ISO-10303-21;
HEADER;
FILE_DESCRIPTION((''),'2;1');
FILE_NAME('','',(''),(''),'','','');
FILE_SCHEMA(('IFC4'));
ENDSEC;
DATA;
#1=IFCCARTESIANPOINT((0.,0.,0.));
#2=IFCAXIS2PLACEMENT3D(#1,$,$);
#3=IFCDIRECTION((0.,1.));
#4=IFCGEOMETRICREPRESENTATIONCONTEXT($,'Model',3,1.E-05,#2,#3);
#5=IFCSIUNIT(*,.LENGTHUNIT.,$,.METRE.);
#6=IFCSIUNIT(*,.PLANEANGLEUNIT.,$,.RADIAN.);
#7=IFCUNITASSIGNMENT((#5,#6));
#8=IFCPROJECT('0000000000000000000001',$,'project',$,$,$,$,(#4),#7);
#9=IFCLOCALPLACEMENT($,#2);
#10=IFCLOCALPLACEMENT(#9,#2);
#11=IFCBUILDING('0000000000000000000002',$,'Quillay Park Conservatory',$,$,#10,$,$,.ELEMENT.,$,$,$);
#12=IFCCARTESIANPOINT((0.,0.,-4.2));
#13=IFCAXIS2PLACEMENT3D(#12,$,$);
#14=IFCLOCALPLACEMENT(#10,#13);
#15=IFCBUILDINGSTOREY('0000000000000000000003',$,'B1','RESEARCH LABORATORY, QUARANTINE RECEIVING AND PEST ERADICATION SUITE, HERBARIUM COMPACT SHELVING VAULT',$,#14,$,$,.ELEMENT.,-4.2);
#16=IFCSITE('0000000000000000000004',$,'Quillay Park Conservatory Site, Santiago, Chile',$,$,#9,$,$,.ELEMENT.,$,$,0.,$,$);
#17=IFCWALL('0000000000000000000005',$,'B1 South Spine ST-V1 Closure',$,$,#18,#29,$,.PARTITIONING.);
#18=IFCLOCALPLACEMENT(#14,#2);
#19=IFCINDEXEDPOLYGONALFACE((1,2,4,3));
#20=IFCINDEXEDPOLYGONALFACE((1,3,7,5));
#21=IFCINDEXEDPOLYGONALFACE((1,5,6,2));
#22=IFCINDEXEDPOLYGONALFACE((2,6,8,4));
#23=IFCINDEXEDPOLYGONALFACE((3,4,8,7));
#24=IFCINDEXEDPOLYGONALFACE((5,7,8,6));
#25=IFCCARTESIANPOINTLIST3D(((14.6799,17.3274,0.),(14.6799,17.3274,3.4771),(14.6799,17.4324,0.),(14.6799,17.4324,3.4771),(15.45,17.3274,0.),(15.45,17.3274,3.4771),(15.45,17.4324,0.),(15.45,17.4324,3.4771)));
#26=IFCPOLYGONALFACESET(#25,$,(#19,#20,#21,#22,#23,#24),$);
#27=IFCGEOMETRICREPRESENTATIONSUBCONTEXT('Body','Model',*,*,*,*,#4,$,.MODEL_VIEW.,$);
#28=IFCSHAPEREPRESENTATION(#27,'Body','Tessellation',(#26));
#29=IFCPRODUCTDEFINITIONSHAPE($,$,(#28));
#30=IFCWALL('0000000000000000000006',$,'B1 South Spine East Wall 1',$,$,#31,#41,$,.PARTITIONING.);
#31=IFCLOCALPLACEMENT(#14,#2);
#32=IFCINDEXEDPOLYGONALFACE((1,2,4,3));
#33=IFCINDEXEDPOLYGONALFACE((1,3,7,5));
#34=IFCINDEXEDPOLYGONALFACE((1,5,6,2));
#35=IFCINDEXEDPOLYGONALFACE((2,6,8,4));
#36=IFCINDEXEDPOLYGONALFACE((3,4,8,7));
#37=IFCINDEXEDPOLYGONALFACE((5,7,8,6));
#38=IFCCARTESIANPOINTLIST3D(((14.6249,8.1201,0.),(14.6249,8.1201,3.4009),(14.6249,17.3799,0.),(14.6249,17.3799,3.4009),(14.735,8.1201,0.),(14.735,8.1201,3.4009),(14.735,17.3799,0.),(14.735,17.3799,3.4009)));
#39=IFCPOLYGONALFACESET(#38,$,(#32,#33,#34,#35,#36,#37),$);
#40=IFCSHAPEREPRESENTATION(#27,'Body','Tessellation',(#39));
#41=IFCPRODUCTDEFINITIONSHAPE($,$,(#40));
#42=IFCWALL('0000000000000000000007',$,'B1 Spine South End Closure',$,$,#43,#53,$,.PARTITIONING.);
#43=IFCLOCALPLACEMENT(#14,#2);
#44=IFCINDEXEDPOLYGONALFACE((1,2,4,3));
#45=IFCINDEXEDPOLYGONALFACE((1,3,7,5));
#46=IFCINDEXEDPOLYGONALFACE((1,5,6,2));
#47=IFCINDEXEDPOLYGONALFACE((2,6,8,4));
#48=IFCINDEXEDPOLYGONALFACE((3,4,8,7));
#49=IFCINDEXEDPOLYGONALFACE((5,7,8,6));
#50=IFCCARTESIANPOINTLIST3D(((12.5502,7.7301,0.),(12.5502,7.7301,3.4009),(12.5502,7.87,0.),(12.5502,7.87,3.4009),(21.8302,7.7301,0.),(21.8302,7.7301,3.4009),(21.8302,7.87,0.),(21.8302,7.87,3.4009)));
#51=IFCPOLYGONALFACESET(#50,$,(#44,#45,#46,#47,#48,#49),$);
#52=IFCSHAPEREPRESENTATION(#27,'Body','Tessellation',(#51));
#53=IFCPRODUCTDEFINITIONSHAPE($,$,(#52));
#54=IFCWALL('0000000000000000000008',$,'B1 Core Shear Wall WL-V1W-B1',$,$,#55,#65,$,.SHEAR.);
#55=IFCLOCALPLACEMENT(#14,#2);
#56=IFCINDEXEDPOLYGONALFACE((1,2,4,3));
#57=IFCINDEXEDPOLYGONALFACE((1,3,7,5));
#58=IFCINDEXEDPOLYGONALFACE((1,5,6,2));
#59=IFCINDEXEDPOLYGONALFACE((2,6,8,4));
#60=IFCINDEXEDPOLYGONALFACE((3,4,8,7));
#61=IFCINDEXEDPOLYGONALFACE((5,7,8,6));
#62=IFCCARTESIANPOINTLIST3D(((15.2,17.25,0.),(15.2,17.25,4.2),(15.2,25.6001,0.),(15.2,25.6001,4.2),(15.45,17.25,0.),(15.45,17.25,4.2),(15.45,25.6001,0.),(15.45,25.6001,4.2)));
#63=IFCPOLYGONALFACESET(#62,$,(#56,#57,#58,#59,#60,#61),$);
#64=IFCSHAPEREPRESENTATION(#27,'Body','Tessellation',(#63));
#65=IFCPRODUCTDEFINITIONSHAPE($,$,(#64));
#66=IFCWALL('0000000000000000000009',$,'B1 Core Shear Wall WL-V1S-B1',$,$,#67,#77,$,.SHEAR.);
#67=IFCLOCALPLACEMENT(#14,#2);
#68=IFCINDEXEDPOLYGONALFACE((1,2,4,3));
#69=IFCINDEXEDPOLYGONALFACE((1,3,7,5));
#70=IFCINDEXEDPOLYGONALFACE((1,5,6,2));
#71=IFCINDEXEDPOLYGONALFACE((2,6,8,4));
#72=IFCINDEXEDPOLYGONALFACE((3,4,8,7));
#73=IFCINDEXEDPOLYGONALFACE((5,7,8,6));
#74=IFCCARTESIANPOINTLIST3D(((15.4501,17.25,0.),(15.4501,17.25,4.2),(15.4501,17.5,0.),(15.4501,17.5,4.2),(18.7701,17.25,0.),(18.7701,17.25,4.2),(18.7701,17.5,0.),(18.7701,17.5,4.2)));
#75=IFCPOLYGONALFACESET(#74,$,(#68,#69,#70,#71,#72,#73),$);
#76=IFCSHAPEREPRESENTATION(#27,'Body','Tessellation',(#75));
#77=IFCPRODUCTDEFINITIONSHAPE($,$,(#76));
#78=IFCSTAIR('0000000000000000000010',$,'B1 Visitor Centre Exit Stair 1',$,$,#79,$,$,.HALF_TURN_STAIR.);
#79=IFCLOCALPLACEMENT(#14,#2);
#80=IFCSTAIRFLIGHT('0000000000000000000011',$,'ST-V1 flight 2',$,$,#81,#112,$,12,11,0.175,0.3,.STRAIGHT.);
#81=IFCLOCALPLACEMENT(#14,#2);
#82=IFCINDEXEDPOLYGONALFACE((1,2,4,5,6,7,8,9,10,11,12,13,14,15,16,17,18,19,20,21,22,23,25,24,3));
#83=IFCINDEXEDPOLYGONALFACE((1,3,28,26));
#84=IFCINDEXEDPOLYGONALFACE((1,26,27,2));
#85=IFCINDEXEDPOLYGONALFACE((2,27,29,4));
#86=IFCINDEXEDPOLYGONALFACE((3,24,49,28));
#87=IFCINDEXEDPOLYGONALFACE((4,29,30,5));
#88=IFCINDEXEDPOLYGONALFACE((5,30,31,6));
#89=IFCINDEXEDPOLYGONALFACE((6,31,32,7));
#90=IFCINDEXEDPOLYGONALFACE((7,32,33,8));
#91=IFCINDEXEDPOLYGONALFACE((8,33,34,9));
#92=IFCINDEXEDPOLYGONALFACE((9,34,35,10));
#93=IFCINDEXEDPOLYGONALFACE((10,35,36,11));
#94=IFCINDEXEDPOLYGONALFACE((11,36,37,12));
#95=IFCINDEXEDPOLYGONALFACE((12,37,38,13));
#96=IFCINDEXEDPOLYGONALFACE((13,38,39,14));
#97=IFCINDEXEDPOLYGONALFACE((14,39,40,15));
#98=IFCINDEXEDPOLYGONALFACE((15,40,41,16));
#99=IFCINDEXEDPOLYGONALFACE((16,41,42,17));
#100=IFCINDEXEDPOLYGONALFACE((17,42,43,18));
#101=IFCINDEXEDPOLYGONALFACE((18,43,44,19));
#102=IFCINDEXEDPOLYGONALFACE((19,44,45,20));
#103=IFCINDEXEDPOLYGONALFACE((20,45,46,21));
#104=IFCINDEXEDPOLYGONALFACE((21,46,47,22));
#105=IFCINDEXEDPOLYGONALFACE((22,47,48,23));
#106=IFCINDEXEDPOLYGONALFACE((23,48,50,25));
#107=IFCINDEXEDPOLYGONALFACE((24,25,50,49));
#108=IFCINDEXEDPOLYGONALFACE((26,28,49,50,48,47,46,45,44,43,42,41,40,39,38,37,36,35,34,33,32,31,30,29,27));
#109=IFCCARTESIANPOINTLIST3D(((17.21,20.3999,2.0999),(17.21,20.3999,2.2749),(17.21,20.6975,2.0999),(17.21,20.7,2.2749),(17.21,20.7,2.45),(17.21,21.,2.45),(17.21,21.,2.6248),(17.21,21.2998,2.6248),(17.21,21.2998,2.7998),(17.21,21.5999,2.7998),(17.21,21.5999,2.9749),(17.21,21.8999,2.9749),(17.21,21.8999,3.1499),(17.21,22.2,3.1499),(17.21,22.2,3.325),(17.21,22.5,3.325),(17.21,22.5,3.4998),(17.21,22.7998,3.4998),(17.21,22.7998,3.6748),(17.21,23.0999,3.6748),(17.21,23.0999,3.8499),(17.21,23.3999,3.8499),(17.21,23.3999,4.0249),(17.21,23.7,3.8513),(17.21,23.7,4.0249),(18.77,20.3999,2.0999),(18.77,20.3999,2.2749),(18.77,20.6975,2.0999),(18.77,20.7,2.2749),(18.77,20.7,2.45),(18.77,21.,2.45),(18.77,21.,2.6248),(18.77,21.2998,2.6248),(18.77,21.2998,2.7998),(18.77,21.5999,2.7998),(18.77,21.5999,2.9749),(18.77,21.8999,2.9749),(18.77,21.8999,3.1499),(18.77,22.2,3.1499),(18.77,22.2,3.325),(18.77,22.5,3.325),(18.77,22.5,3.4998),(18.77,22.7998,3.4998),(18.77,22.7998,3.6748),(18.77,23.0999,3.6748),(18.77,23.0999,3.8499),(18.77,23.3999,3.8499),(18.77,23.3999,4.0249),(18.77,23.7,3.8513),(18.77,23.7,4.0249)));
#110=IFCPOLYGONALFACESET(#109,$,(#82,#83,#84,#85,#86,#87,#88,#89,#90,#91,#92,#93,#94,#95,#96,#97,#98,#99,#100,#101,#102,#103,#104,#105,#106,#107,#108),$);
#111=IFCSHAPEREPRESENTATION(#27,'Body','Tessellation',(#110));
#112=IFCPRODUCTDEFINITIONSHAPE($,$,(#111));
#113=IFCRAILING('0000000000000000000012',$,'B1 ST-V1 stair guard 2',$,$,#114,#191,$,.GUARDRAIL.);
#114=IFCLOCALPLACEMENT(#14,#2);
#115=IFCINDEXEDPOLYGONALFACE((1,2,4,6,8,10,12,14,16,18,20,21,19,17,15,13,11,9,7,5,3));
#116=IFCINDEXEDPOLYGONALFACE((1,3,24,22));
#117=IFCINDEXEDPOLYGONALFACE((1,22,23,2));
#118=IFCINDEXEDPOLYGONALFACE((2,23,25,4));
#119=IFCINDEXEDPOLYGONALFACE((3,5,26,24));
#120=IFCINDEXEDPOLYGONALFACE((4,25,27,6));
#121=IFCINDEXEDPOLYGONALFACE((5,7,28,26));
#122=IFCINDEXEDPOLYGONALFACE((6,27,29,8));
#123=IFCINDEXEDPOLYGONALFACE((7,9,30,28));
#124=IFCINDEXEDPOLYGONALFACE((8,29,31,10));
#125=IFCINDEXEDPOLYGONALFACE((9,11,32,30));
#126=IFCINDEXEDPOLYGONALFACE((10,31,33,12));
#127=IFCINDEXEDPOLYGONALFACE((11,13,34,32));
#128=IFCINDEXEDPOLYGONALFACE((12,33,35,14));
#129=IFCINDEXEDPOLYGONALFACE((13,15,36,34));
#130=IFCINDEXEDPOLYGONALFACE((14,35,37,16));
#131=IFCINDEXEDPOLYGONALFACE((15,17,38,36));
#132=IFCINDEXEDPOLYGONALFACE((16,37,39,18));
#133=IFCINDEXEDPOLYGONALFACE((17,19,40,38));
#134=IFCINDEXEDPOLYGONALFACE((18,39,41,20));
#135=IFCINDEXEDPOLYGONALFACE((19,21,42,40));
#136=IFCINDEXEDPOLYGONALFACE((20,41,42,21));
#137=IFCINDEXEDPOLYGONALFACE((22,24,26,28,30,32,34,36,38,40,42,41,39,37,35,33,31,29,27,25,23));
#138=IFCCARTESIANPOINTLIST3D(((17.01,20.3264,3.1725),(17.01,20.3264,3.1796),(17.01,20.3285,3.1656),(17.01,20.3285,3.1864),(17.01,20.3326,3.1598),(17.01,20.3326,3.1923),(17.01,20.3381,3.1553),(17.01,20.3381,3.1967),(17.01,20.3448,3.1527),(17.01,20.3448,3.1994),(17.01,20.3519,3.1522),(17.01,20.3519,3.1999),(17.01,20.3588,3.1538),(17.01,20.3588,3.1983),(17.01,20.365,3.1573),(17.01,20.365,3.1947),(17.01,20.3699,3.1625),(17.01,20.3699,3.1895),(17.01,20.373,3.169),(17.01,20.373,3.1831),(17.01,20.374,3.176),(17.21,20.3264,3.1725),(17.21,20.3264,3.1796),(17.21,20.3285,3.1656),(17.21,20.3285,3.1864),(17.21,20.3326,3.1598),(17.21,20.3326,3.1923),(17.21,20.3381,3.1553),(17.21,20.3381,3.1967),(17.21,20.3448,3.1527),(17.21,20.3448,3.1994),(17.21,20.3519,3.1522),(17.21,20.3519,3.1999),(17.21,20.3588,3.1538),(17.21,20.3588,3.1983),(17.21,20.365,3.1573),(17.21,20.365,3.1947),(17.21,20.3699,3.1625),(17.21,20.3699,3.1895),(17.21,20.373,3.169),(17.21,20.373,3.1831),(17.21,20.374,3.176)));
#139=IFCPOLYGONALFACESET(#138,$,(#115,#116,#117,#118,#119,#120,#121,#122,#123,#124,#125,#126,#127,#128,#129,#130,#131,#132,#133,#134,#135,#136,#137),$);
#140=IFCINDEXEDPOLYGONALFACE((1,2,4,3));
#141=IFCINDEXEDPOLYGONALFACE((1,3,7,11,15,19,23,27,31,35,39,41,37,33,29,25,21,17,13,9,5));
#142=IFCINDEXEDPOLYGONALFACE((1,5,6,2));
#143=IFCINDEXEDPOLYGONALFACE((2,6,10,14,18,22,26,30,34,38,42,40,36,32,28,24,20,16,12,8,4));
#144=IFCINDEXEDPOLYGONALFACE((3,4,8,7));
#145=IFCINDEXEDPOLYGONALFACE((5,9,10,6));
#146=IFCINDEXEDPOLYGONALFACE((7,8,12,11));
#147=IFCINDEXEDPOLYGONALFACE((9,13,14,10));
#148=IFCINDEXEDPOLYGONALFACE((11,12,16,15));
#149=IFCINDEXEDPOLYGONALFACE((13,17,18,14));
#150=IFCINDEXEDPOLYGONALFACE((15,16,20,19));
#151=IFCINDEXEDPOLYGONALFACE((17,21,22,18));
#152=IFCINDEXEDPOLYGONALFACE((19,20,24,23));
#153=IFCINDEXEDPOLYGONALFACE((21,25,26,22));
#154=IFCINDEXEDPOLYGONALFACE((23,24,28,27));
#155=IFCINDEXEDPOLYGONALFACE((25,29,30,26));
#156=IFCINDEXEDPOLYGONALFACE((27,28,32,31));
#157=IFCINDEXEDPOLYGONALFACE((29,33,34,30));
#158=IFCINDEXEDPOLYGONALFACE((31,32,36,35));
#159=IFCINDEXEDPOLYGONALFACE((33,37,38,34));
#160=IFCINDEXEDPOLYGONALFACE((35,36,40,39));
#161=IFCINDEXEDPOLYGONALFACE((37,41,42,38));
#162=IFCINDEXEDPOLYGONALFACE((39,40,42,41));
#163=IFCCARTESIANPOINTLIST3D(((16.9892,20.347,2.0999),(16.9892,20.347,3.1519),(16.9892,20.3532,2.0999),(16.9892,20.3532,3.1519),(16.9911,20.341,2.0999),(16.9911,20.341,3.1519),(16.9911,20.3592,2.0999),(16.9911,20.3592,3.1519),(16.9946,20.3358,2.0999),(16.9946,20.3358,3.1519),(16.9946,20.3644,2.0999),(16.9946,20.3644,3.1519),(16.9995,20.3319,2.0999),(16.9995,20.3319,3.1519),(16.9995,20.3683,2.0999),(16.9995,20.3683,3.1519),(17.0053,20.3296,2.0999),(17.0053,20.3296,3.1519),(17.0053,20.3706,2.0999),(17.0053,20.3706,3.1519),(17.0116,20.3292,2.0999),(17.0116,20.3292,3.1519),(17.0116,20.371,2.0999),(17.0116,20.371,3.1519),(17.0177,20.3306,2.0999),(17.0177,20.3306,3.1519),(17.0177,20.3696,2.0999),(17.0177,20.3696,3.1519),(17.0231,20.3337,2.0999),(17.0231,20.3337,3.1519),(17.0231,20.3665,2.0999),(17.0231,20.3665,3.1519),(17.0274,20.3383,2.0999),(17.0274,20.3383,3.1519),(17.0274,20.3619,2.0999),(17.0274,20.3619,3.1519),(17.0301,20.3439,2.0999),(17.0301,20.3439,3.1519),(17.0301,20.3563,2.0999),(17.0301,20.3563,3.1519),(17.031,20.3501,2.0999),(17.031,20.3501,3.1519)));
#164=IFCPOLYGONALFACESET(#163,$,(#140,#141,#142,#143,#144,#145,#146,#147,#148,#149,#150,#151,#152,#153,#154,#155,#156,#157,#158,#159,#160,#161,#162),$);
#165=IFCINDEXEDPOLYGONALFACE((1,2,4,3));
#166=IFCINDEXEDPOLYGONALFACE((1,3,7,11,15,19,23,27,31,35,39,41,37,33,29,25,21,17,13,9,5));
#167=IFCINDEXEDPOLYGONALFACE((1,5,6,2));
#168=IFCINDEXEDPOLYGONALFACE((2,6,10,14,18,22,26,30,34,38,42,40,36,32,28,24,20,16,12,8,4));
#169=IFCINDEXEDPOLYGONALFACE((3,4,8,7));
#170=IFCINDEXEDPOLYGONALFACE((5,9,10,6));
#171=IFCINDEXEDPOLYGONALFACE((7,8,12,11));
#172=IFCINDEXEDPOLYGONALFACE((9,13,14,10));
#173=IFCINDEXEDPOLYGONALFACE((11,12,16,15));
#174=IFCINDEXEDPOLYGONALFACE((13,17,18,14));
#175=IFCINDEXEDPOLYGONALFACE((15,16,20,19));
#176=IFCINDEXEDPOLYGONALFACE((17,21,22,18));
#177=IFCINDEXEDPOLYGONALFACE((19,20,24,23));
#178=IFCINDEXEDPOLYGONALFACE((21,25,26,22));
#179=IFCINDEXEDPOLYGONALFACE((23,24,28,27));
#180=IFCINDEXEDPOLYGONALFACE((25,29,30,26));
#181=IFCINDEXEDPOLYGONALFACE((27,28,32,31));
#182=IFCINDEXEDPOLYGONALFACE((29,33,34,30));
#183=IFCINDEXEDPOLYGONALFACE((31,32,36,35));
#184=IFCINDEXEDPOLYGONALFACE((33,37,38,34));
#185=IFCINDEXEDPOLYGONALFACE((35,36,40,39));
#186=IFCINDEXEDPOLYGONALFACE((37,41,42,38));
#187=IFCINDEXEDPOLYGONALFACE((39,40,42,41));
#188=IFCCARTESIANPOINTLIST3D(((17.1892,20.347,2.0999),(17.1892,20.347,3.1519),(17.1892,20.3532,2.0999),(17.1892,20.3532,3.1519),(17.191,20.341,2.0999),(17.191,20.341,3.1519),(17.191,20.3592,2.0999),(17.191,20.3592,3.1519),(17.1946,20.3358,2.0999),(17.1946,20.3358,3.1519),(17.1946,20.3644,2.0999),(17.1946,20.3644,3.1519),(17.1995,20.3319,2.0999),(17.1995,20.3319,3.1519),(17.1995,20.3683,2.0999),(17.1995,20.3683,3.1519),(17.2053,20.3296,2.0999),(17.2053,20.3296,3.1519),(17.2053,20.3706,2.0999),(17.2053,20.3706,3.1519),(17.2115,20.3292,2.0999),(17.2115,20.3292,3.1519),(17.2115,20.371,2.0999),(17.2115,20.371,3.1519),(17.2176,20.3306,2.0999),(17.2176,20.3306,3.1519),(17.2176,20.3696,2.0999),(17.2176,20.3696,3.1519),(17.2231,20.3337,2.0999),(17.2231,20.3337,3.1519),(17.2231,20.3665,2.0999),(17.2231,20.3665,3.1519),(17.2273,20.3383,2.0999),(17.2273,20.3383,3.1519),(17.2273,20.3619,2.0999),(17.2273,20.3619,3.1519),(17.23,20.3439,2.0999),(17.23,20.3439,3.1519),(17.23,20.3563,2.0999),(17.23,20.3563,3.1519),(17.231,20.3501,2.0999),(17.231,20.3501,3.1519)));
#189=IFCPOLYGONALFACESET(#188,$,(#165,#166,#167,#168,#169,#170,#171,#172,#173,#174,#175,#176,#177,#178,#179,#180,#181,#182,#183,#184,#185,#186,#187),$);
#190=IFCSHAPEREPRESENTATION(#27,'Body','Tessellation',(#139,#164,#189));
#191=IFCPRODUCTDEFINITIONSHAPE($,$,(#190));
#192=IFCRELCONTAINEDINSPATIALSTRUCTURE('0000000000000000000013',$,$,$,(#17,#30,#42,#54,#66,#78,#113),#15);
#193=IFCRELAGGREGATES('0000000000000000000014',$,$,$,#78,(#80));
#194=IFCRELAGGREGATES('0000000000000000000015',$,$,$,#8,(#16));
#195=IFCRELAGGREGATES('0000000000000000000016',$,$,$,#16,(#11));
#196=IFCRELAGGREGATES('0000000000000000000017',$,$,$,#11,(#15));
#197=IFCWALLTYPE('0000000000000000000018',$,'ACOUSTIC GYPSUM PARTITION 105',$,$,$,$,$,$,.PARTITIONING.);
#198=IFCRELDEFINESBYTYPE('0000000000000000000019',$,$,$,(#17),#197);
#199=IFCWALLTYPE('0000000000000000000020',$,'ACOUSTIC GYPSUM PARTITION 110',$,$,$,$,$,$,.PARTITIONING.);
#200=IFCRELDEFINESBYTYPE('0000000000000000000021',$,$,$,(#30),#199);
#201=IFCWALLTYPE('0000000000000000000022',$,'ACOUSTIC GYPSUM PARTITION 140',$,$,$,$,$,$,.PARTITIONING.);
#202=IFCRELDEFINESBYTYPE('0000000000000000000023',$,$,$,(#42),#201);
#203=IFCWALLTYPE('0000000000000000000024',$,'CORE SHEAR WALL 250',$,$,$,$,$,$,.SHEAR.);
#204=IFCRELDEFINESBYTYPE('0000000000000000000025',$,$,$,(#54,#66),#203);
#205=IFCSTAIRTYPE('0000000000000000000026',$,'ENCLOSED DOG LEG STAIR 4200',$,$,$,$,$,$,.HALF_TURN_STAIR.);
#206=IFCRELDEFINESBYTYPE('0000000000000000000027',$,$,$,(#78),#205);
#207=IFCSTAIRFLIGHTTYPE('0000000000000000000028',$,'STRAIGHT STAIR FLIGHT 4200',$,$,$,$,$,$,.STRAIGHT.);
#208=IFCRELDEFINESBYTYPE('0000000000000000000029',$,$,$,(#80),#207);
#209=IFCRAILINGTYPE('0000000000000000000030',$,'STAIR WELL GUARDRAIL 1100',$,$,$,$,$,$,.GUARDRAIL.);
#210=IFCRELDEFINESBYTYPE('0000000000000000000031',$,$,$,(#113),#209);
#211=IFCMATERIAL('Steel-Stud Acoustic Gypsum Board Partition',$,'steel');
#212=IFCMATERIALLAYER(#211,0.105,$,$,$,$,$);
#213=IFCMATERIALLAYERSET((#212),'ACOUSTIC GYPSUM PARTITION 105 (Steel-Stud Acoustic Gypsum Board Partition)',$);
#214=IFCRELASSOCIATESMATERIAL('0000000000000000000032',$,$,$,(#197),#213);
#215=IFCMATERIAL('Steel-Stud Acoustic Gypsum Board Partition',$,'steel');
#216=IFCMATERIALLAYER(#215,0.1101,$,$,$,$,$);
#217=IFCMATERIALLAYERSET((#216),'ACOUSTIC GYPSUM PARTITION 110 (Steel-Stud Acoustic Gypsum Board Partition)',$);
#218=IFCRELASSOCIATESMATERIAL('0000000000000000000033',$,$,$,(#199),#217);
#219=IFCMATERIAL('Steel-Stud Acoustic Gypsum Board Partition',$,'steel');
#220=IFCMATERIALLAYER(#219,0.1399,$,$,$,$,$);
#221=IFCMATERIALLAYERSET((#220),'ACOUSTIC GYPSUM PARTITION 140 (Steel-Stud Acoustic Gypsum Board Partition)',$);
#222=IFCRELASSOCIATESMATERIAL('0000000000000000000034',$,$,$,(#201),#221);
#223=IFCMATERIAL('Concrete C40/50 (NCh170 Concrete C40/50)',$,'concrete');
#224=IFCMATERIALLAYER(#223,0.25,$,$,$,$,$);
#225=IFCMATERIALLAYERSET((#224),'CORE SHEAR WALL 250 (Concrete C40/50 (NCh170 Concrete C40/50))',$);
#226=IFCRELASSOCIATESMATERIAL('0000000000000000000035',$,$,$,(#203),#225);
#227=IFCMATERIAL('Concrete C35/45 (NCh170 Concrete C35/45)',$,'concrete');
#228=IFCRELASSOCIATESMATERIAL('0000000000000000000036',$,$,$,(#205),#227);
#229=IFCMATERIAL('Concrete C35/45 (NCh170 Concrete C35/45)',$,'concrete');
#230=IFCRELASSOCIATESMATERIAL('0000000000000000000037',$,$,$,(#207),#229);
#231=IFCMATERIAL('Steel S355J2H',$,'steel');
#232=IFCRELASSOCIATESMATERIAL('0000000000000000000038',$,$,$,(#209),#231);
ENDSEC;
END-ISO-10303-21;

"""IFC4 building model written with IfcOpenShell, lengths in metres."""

from ifc_helpers import new_model, si_unit, direction, frame, frame_2d, origin, origin_2d, place, context, subcontext, project, spatial, polyline, rectangle, circle, outline, extrude, material, layer, layer_set, type_object, element, aggregate, save


model = new_model("IFC4")

# Units and contexts
model_context = context("Model", 3, precision=1e-05, world=origin(), true_north=direction((0.0, 1.0)))
body_context = subcontext(model_context, "Body", "Model", "MODEL_VIEW")
ifc_project = project(units=[si_unit("LENGTHUNIT", "METRE"), si_unit("PLANEANGLEUNIT", "RADIAN")], contexts=[model_context])

# Site, building, storey
site_placement = place(None, origin())
site = spatial("IfcSite", under=ifc_project, at=site_placement, Name="Quillay Park Conservatory Site, Santiago, Chile", CompositionType="ELEMENT", RefElevation=0.0)
building_placement = place(site_placement, origin())
building = spatial("IfcBuilding", under=site, at=building_placement, Name="Quillay Park Conservatory", CompositionType="ELEMENT")
storey_placement = place(building_placement, frame((0.0, 0.0, -4.2)))
storey = spatial("IfcBuildingStorey", under=building, at=storey_placement, Name="B1", Description="RESEARCH LABORATORY, QUARANTINE RECEIVING AND PEST ERADICATION SUITE, HERBARIUM COMPACT SHELVING VAULT", CompositionType="ELEMENT", Elevation=-4.2)

# Walls
ifc_material_1 = material(Name="Steel-Stud Acoustic Gypsum Board Partition", Category="steel")
ifc_layer_1 = layer(ifc_material_1, 0.105)
ifc_layer_set_1 = layer_set([ifc_layer_1], Name="ACOUSTIC GYPSUM PARTITION 105 (Steel-Stud Acoustic Gypsum Board Partition)")
wall_type_1 = type_object("IfcWallType", Name="ACOUSTIC GYPSUM PARTITION 105", PredefinedType="PARTITIONING", material=ifc_layer_set_1)
wall_1_placement = place(storey_placement, frame((14.6799, 17.3799, 0.0), z_axis=(0.0, 0.0, 1.0), x_axis=(1.0, 0.0, 0.0)))
element("IfcWall", 1, at=wall_1_placement, inside=storey, type_object=wall_type_1, Name="B1 South Spine ST-V1 Closure", PredefinedType="PARTITIONING", context=body_context, shape_type="SweptSolid", body=[
    extrude(rectangle(XDim=0.77, YDim=0.105, at=frame_2d((0.385, 0.0))), origin(), (0.0, 0.0, 1.0), 3.4771),
])
ifc_material_2 = material(Name="Steel-Stud Acoustic Gypsum Board Partition", Category="steel")
ifc_layer_2 = layer(ifc_material_2, 0.1101)
ifc_layer_set_2 = layer_set([ifc_layer_2], Name="ACOUSTIC GYPSUM PARTITION 110 (Steel-Stud Acoustic Gypsum Board Partition)")
wall_type_2 = type_object("IfcWallType", Name="ACOUSTIC GYPSUM PARTITION 110", PredefinedType="PARTITIONING", material=ifc_layer_set_2)
wall_2_placement = place(storey_placement, frame((14.6799, 8.1201, 0.0), z_axis=(0.0, 0.0, 1.0), x_axis=(0.0, 1.0, 0.0)))
element("IfcWall", 2, at=wall_2_placement, inside=storey, type_object=wall_type_2, Name="B1 South Spine East Wall 1", PredefinedType="PARTITIONING", context=body_context, shape_type="SweptSolid", body=[
    extrude(rectangle(XDim=9.2598, YDim=0.1101, at=frame_2d((4.6299, 0.0))), origin(), (0.0, 0.0, 1.0), 3.4009),
])
ifc_material_3 = material(Name="Steel-Stud Acoustic Gypsum Board Partition", Category="steel")
ifc_layer_3 = layer(ifc_material_3, 0.1399)
ifc_layer_set_3 = layer_set([ifc_layer_3], Name="ACOUSTIC GYPSUM PARTITION 140 (Steel-Stud Acoustic Gypsum Board Partition)")
wall_type_3 = type_object("IfcWallType", Name="ACOUSTIC GYPSUM PARTITION 140", PredefinedType="PARTITIONING", material=ifc_layer_set_3)
wall_3_placement = place(storey_placement, frame((12.55, 7.8, 0.0), z_axis=(0.0, 0.0, 1.0), x_axis=(1.0, 0.0, 0.0)))
element("IfcWall", 3, at=wall_3_placement, inside=storey, type_object=wall_type_3, Name="B1 Spine South End Closure", PredefinedType="PARTITIONING", context=body_context, shape_type="SweptSolid", body=[
    extrude(rectangle(XDim=9.28, YDim=0.1399, at=frame_2d((4.6401, 0.0))), origin(), (0.0, 0.0, 1.0), 3.4009),
])
ifc_material_4 = material(Name="Concrete C40/50 (NCh170 Concrete C40/50)", Category="concrete")
ifc_layer_4 = layer(ifc_material_4, 0.25)
ifc_layer_set_4 = layer_set([ifc_layer_4], Name="CORE SHEAR WALL 250 (Concrete C40/50 (NCh170 Concrete C40/50))")
wall_type_4 = type_object("IfcWallType", Name="CORE SHEAR WALL 250", PredefinedType="SHEAR", material=ifc_layer_set_4)
wall_4_placement = place(storey_placement, frame((15.325, 17.25, 0.0), z_axis=(0.0, 0.0, 1.0), x_axis=(0.0, 1.0, 0.0)))
element("IfcWall", 4, at=wall_4_placement, inside=storey, type_object=wall_type_4, Name="B1 Core Shear Wall WL-V1W-B1", PredefinedType="SHEAR", context=body_context, shape_type="SweptSolid", body=[
    extrude(rectangle(XDim=8.3501, YDim=0.25, at=frame_2d((4.175, 0.0))), origin(), (0.0, 0.0, 1.0), 4.2),
])
wall_5_placement = place(storey_placement, frame((15.45, 17.375, 0.0), z_axis=(0.0, 0.0, 1.0), x_axis=(1.0, 0.0, 0.0)))
element("IfcWall", 5, at=wall_5_placement, inside=storey, type_object=wall_type_4, Name="B1 Core Shear Wall WL-V1S-B1", PredefinedType="SHEAR", context=body_context, shape_type="SweptSolid", body=[
    extrude(rectangle(XDim=3.3201, YDim=0.25, at=frame_2d((1.6602, 0.0))), origin(), (0.0, 0.0, 1.0), 4.2),
])

# Stair, stair flight
ifc_material_5 = material(Name="Concrete C35/45 (NCh170 Concrete C35/45)", Category="concrete")
stair_type = type_object("IfcStairType", Name="ENCLOSED DOG LEG STAIR 4200", PredefinedType="HALF_TURN_STAIR", material=ifc_material_5)
stair_placement = place(storey_placement, origin())
stair = element("IfcStair", 6, at=stair_placement, inside=storey, type_object=stair_type, Name="B1 Visitor Centre Exit Stair 1", PredefinedType="HALF_TURN_STAIR")
ifc_material_6 = material(Name="Concrete C35/45 (NCh170 Concrete C35/45)", Category="concrete")
stair_flight_type = type_object("IfcStairFlightType", Name="STRAIGHT STAIR FLIGHT 4200", PredefinedType="STRAIGHT", material=ifc_material_6)
stair_flight_placement = place(storey_placement, frame((17.99, 20.3999, 2.0999), z_axis=(0.0, 0.0, 1.0), x_axis=(0.0, 1.0, 0.0)))
stair_flight = element("IfcStairFlight", 7, at=stair_flight_placement, type_object=stair_flight_type, Name="ST-V1 flight 2", NumberOfRisers=12, NumberOfTreads=11, PredefinedType="STRAIGHT", RiserHeight=0.175, TreadLength=0.3, context=body_context, shape_type="SweptSolid", body=[
    extrude(outline(polyline([(0.0, 0.0), (0.0, 0.175), (0.3, 0.175), (0.3, 0.3501), (0.6001, 0.3501), (0.6001, 0.5249), (0.8999, 0.5249), (0.8999, 0.7), (1.2, 0.7), (1.2, 0.875), (1.5, 0.875), (1.5, 1.05), (1.8, 1.05), (1.8, 1.2251), (2.1001, 1.2251), (2.1001, 1.3999), (2.3999, 1.3999), (2.3999, 1.575), (2.7, 1.575), (2.7, 1.75), (3.0, 1.75), (3.0, 1.925), (3.3, 1.925), (3.3, 2.1001), (3.3, 1.7515), (0.2976, 0.0), (0.0, 0.0)])), frame((0.0, 0.78, 0.0), z_axis=(0.0, -1.0, 0.0), x_axis=(1.0, 0.0, 0.0)), (0.0, 0.0, 1.0), 1.5601),
])
aggregate(stair, [stair_flight])

# Railing
ifc_material_7 = material(Name="Steel S355J2H", Category="steel")
railing_type = type_object("IfcRailingType", Name="STAIR WELL GUARDRAIL 1100", PredefinedType="GUARDRAIL", material=ifc_material_7)
railing_1_placement = place(storey_placement, frame((17.01, 20.3501, 2.0999)))
element("IfcRailing", 8, at=railing_1_placement, inside=storey, type_object=railing_type, Name="B1 ST-V1 stair guard 2", PredefinedType="GUARDRAIL", context=body_context, shape_type="SweptSolid", body=[
    extrude(circle(Radius=0.0239, at=origin_2d()), frame((0.0, 0.0, 1.0762), z_axis=(1.0, 0.0, 0.0), x_axis=(0.0, 1.0, 0.0)), (0.0, 0.0, 1.0), 0.2),
    extrude(circle(Radius=0.021, at=origin_2d()), origin(), (0.0, 0.0, 1.0), 1.052),
    extrude(circle(Radius=0.021, at=origin_2d()), frame((0.2, 0.0, 0.0)), (0.0, 0.0, 1.0), 1.052),
])

save(model, "model.ifc")
